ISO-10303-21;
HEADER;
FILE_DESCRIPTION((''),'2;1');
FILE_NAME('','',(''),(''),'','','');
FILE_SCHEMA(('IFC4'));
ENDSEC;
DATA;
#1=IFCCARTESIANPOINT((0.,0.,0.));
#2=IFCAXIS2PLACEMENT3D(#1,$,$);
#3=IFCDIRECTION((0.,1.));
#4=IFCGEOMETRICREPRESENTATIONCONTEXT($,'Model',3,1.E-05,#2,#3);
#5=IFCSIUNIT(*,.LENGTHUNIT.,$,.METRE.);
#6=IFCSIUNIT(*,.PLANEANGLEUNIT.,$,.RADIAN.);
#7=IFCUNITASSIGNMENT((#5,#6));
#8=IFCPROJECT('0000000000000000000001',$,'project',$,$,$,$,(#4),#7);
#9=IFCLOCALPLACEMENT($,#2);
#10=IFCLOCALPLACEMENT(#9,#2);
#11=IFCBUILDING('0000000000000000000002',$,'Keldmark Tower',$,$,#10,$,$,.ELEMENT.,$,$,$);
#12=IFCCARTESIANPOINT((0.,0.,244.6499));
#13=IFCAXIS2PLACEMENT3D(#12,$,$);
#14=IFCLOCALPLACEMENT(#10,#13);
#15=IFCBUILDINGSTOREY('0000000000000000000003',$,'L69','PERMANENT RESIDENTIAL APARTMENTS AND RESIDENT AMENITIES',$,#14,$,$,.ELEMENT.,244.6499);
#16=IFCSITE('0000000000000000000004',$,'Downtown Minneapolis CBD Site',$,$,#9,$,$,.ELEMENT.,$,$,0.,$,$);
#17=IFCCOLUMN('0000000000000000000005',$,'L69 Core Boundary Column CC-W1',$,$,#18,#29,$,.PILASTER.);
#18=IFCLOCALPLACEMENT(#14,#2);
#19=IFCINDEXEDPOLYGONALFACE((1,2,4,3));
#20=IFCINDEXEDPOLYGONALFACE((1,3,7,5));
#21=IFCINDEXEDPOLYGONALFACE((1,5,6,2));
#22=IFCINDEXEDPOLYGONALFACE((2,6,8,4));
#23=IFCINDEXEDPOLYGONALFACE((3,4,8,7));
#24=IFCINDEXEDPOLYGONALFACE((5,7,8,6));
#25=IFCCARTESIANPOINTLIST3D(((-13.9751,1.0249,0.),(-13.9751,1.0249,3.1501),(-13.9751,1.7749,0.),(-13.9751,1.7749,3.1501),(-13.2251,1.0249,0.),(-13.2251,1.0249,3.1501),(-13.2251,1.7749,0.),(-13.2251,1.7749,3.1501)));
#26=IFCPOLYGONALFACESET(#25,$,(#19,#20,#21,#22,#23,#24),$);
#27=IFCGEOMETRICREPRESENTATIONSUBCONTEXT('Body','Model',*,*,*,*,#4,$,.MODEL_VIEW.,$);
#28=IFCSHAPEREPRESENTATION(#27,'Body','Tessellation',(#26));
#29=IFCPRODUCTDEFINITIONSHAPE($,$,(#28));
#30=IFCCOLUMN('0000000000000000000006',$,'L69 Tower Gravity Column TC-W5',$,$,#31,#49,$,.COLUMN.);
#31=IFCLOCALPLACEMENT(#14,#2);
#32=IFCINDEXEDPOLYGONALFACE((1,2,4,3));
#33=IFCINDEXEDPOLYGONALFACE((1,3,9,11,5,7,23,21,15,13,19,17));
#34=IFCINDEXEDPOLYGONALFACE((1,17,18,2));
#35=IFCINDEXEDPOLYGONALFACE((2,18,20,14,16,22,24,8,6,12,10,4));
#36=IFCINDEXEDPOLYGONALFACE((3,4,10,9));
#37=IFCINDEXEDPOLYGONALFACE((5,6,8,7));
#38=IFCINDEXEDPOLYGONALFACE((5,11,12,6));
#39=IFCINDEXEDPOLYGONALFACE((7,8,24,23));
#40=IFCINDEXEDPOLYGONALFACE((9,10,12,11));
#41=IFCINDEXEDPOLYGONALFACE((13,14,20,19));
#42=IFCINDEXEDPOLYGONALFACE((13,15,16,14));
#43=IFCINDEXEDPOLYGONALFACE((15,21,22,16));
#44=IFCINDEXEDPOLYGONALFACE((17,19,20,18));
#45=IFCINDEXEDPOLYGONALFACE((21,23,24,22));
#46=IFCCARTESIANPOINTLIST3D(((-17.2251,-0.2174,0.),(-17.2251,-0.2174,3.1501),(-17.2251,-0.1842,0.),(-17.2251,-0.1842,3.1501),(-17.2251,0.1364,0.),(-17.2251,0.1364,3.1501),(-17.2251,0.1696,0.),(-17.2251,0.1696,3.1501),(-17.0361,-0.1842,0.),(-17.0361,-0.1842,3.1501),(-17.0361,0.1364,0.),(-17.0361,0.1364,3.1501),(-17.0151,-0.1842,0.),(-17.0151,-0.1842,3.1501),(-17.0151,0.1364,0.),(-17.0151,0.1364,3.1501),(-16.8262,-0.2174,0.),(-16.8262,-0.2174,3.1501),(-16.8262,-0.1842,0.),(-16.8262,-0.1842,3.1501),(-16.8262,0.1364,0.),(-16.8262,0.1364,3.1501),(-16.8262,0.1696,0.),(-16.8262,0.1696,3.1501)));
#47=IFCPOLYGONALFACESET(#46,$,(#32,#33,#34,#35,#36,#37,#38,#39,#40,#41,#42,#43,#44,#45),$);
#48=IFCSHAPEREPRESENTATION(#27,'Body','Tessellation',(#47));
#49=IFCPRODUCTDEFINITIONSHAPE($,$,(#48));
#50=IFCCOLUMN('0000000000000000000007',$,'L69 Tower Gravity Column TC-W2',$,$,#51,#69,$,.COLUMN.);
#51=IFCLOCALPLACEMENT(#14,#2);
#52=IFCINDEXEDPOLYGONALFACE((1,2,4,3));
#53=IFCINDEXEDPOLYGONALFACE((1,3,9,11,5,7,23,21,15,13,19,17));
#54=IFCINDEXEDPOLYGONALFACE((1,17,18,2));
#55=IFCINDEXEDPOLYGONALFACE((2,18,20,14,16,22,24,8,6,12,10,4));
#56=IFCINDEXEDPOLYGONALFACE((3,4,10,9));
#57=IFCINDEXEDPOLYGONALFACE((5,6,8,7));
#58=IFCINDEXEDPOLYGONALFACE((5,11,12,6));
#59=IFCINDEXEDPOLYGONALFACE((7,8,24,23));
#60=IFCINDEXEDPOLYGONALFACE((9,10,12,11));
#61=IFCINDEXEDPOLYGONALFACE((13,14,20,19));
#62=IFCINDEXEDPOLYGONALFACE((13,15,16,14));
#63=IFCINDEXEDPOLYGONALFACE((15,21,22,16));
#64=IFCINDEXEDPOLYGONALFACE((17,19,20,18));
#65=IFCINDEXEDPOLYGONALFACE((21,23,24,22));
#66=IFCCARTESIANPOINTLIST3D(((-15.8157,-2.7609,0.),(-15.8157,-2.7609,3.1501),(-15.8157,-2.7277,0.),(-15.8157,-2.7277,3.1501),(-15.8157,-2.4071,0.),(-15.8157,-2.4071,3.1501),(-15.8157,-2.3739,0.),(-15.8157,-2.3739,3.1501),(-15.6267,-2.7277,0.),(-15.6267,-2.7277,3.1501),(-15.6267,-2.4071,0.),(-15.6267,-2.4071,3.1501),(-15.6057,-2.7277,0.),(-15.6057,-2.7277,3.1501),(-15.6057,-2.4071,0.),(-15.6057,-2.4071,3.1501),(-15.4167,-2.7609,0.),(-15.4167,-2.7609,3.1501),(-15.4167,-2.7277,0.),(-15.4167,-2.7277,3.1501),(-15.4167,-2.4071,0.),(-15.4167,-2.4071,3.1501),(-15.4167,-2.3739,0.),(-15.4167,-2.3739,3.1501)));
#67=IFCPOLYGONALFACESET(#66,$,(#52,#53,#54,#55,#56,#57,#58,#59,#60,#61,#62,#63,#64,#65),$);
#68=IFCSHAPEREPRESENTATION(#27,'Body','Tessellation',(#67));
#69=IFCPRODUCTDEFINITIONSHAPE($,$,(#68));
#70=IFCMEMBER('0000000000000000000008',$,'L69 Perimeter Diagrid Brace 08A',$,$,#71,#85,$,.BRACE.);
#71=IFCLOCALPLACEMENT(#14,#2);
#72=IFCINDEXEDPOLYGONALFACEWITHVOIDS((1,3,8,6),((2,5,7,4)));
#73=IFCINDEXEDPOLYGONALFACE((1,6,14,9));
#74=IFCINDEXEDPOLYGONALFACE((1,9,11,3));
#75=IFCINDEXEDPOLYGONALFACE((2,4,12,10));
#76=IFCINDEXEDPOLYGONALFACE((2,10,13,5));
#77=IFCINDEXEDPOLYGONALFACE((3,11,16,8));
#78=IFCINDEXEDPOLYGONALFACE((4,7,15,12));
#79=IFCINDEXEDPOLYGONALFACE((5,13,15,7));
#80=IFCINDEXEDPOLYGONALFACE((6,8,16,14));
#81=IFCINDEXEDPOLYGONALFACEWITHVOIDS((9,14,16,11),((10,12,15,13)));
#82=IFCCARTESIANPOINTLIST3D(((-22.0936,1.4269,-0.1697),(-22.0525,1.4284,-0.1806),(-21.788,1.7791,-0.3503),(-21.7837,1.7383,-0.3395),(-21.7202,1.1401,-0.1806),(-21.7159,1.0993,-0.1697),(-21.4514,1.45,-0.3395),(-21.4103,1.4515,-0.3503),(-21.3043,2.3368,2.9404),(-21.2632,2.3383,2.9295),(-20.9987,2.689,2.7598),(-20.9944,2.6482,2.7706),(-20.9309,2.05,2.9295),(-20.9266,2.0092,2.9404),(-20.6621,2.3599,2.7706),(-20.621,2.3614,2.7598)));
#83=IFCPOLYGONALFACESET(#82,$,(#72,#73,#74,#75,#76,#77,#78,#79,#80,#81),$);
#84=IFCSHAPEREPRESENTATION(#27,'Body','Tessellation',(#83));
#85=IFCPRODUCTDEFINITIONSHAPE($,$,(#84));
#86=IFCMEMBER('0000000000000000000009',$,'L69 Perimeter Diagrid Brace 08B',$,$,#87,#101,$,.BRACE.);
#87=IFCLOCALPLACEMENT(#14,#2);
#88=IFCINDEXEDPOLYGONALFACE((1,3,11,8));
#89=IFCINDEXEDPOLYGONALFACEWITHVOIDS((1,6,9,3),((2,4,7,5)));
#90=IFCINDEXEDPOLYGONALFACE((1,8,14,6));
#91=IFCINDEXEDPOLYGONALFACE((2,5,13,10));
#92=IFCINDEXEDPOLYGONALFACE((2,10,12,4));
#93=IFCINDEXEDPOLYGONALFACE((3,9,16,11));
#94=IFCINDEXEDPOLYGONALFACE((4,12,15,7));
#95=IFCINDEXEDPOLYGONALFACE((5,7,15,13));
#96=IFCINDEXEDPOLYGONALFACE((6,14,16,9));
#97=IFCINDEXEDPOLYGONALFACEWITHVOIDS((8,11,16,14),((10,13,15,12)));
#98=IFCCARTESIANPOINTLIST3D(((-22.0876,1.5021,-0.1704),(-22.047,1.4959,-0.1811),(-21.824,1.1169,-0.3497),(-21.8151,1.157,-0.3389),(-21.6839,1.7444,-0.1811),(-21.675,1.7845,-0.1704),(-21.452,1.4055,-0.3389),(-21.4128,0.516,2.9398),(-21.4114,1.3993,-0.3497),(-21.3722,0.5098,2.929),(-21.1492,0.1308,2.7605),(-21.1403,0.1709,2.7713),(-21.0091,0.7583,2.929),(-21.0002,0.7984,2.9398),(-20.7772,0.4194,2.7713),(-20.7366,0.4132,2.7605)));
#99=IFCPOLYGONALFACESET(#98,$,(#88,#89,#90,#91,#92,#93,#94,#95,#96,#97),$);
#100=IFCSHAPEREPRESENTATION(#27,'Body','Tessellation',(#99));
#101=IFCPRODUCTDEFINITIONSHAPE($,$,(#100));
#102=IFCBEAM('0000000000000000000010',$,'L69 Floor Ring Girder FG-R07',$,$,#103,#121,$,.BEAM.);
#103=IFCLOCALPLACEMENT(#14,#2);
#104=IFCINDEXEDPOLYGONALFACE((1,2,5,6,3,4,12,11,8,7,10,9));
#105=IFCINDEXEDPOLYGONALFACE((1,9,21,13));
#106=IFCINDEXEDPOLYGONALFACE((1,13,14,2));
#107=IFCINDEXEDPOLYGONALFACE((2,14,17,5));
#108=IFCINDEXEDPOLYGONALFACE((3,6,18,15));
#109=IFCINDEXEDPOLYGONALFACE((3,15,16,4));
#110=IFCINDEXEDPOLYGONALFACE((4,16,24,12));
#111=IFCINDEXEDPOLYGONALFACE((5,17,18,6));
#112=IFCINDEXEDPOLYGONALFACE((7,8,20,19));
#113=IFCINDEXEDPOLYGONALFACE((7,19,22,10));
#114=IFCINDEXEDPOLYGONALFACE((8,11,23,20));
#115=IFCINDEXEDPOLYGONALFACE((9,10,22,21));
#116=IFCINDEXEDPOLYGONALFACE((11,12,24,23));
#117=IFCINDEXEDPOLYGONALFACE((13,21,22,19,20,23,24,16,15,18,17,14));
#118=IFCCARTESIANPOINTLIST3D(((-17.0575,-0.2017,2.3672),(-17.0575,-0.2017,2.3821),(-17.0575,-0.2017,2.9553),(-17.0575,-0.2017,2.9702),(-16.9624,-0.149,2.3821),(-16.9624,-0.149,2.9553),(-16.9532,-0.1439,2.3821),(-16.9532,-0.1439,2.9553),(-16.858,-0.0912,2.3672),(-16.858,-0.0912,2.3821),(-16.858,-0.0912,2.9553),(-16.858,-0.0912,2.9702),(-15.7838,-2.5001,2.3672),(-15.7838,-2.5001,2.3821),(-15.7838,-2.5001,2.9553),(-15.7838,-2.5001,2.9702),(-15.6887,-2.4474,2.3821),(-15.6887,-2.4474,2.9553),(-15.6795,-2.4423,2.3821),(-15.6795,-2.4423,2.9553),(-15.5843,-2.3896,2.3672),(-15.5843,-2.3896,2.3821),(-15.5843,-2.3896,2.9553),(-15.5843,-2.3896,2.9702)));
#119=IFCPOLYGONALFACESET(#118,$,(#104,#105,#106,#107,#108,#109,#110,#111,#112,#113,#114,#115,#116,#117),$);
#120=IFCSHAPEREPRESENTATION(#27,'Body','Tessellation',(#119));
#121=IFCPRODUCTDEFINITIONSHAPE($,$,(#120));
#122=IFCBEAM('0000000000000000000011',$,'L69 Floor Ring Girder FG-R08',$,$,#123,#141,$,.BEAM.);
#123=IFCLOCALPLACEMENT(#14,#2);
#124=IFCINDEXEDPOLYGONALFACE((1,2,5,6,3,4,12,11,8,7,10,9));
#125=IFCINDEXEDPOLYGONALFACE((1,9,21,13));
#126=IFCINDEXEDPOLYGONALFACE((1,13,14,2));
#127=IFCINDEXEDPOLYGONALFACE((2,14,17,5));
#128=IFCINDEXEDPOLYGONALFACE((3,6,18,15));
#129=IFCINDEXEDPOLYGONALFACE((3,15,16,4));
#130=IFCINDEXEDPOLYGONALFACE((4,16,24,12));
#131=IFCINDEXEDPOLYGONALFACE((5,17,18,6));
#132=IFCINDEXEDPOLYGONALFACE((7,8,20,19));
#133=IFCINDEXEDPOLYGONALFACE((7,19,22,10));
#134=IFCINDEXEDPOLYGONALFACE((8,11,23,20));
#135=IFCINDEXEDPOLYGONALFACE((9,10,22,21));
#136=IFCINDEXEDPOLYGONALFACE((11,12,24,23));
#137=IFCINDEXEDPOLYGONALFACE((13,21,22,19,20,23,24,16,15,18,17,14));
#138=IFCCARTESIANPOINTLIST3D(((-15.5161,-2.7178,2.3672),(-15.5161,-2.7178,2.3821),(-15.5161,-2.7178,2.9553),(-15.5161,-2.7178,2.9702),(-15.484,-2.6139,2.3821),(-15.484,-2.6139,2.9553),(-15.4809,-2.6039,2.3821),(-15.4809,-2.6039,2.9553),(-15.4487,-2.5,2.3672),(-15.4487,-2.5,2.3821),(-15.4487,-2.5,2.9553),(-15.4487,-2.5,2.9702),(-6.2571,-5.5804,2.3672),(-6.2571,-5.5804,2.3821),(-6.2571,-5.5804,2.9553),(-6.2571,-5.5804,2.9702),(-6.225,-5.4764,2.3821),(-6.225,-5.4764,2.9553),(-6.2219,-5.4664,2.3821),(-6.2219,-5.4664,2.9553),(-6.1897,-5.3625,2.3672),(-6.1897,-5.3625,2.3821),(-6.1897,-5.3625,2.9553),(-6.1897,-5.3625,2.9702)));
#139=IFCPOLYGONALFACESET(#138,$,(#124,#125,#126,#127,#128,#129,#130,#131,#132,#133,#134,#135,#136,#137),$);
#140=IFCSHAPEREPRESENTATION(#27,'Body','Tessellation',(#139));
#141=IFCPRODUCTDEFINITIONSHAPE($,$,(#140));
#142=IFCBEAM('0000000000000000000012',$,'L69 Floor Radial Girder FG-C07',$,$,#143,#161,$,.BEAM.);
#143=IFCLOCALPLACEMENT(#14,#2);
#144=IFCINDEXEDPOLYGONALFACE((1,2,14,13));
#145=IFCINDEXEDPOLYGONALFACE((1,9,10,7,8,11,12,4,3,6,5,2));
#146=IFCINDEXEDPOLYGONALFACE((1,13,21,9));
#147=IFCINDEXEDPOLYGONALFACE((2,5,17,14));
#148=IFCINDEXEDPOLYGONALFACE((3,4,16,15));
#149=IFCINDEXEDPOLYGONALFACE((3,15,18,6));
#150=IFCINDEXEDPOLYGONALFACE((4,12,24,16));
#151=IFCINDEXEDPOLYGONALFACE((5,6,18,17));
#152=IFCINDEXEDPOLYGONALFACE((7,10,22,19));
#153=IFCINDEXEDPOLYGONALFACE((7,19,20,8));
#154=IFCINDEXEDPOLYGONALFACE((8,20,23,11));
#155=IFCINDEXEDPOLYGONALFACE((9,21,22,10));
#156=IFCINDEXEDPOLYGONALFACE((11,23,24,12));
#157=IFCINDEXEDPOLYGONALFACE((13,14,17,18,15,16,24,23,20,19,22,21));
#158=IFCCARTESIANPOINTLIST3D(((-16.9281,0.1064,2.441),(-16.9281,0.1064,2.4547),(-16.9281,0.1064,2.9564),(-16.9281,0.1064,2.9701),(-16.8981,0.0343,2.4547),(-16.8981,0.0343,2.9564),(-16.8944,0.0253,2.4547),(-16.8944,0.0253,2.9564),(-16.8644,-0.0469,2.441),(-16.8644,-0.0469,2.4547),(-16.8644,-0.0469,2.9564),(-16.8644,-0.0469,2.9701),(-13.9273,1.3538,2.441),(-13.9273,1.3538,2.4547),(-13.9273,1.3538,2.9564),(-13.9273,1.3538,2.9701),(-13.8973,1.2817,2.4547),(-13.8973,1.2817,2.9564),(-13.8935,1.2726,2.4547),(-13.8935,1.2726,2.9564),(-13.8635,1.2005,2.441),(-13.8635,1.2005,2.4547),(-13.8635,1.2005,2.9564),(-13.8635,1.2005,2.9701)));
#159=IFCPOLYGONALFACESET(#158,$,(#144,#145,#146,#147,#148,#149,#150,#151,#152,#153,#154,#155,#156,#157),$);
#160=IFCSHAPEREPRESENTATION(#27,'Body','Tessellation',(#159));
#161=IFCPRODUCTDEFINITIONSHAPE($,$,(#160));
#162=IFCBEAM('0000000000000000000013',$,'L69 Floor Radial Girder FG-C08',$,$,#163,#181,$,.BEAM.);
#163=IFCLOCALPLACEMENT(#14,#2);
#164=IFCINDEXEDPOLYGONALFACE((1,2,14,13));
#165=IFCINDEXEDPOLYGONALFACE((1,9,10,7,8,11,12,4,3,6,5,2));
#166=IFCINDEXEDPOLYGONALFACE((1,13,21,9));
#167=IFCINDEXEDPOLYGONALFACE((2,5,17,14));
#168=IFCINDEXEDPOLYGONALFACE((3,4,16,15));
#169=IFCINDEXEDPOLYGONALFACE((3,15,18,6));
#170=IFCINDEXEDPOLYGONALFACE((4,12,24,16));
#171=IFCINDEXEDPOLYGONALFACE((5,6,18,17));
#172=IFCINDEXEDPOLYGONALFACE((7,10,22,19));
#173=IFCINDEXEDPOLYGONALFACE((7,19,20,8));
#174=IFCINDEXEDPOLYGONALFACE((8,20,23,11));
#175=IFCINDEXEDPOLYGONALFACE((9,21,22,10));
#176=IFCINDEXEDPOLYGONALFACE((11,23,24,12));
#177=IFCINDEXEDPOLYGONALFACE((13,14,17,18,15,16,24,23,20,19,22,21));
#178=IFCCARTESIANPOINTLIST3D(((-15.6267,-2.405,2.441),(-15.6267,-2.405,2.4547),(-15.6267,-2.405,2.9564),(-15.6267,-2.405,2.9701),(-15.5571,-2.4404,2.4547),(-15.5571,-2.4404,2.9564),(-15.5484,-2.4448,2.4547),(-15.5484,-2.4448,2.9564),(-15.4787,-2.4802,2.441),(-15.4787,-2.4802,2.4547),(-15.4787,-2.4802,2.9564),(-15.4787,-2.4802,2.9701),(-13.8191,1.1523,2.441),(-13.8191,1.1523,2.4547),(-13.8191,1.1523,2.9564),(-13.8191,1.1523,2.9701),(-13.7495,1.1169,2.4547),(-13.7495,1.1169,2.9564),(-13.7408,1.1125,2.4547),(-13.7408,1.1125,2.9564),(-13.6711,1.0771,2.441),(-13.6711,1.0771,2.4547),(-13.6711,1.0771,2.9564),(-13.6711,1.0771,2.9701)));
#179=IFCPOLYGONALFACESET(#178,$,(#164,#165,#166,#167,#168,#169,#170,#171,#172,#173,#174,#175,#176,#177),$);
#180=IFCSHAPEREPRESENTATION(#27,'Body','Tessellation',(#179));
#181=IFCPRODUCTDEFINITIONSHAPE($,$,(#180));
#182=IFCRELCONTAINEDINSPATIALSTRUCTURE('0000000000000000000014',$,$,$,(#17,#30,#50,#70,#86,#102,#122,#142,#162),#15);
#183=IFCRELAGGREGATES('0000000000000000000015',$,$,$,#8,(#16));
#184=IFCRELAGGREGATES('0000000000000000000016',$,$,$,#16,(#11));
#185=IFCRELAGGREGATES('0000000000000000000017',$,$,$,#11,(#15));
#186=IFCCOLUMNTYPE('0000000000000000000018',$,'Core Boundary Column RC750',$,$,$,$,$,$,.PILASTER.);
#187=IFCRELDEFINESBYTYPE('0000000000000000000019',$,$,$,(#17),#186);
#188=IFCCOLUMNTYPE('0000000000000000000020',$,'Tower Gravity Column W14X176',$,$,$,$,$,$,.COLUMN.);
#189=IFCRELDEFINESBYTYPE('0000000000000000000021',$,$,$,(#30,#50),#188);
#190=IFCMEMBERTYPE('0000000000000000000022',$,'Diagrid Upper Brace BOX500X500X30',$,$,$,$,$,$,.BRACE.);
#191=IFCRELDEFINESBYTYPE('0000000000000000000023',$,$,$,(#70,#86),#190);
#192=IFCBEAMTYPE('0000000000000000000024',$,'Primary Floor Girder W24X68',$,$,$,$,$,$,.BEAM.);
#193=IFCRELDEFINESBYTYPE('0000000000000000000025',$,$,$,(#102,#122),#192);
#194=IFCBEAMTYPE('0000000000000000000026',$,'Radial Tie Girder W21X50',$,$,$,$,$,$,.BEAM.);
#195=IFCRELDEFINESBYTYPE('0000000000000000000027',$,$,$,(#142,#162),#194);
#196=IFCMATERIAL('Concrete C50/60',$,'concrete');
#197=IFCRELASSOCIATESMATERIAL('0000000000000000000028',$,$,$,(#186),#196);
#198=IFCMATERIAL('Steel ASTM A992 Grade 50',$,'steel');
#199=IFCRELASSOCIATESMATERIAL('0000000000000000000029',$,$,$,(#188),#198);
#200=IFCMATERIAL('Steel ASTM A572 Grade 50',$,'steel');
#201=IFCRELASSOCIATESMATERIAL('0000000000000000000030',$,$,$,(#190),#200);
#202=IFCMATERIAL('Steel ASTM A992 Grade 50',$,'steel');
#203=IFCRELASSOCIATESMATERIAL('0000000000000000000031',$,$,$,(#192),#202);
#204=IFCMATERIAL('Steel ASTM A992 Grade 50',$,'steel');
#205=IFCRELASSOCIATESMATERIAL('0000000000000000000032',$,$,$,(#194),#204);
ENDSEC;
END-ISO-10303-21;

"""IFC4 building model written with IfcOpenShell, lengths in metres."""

from ifc_helpers import new_model, si_unit, direction, frame, origin, origin_2d, place, context, subcontext, project, spatial, rectangle, hollow_rectangle, i_section, extrude, material, material_profile, profile_set, type_object, element, save


model = new_model("IFC4")

# Units and contexts
model_context = context("Model", 3, precision=1e-05, world=origin(), true_north=direction((0.0, 1.0)))
body_context = subcontext(model_context, "Body", "Model", "MODEL_VIEW")
ifc_project = project(units=[si_unit("LENGTHUNIT", "METRE"), si_unit("PLANEANGLEUNIT", "RADIAN")], contexts=[model_context])

# Site, building, storey
site_placement = place(None, origin())
site = spatial("IfcSite", under=ifc_project, at=site_placement, Name="Downtown Minneapolis CBD Site", CompositionType="ELEMENT", RefElevation=0.0)
building_placement = place(site_placement, origin())
building = spatial("IfcBuilding", under=site, at=building_placement, Name="Keldmark Tower", CompositionType="ELEMENT")
storey_placement = place(building_placement, frame((0.0, 0.0, 244.6499)))
storey = spatial("IfcBuildingStorey", under=building, at=storey_placement, Name="L69", Description="PERMANENT RESIDENTIAL APARTMENTS AND RESIDENT AMENITIES", CompositionType="ELEMENT", Elevation=244.6499)

# Columns
ifc_material_1 = material(Name="Concrete C50/60", Category="concrete")
ifc_material_profile_1 = material_profile(ifc_material_1, rectangle(XDim=0.75, YDim=0.75, at=origin_2d()), Name="RC750X750")
ifc_profile_set_1 = profile_set([ifc_material_profile_1], Name="Concrete C50/60")
column_type_1 = type_object("IfcColumnType", Name="Core Boundary Column RC750", PredefinedType="PILASTER", material=ifc_profile_set_1)
column_placement = place(storey_placement, frame((-13.6001, 1.3999, 0.0), z_axis=(0.0, 0.0, 1.0), x_axis=(1.0, 0.0, 0.0)))
element("IfcColumn", 1, at=column_placement, inside=storey, type_object=column_type_1, Name="L69 Core Boundary Column CC-W1", PredefinedType="PILASTER", context=body_context, shape_type="SweptSolid", body=[
    extrude(rectangle(XDim=0.75, YDim=0.75, at=origin_2d()), origin(), (0.0, 0.0, 1.0), 3.1501),
])
ifc_material_2 = material(Name="Steel ASTM A992 Grade 50", Category="steel")
ifc_material_profile_2 = material_profile(ifc_material_2, i_section(OverallWidth=0.3989, OverallDepth=0.387, WebThickness=0.021, FlangeThickness=0.0332, at=origin_2d()), Name="W14X176")
ifc_profile_set_2 = profile_set([ifc_material_profile_2], Name="Steel ASTM A992 Grade 50")
column_type_2 = type_object("IfcColumnType", Name="Tower Gravity Column W14X176", PredefinedType="COLUMN", material=ifc_profile_set_2)
for number, where, z_axis, x_axis, name in (
    (2, (-17.0256, -0.0239, 0.0), (0.0, 0.0, 1.0), (1.0, 0.0, 0.0), "L69 Tower Gravity Column TC-W5"),
    (3, (-15.6162, -2.5674, 0.0), (0.0, 0.0, 1.0), (1.0, 0.0, 0.0), "L69 Tower Gravity Column TC-W2"),
):
    element("IfcColumn", number, at=place(storey_placement, frame(where, z_axis=z_axis, x_axis=x_axis)), inside=storey, type_object=column_type_2, Name=name, PredefinedType="COLUMN", context=body_context, shape_type="SweptSolid", body=[
        extrude(i_section(OverallWidth=0.3989, OverallDepth=0.387, WebThickness=0.021, FlangeThickness=0.0332, at=origin_2d()), origin(), (0.0, 0.0, 1.0), 3.1501),
    ])

# Members
ifc_material_3 = material(Name="Steel ASTM A572 Grade 50", Category="steel")
ifc_material_profile_3 = material_profile(ifc_material_3, hollow_rectangle(XDim=0.5, YDim=0.5, WallThickness=0.03, at=origin_2d()), Name="BOX500X500X30")
ifc_profile_set_3 = profile_set([ifc_material_profile_3], Name="Steel ASTM A572 Grade 50")
member_type = type_object("IfcMemberType", Name="Diagrid Upper Brace BOX500X500X30", PredefinedType="BRACE", material=ifc_profile_set_3)
member_1_placement = place(storey_placement, frame((-21.752, 1.4392, -0.26), z_axis=(0.236658, 0.272819, 0.932504), x_axis=(-0.755395, 0.65527, 0.0)))
element("IfcMember", 4, at=member_1_placement, inside=storey, type_object=member_type, Name="L69 Perimeter Diagrid Brace 08A", PredefinedType="BRACE", context=body_context, shape_type="SweptSolid", body=[
    extrude(hollow_rectangle(XDim=0.5, YDim=0.5, WallThickness=0.03, at=origin_2d()), origin(), (0.0, 0.0, 1.0), 3.3352),
])
member_2_placement = place(storey_placement, frame((-21.7495, 1.4507, -0.26), z_axis=(0.202538, -0.295967, 0.933478), x_axis=(0.825262, 0.56475, 0.0)))
element("IfcMember", 5, at=member_2_placement, inside=storey, type_object=member_type, Name="L69 Perimeter Diagrid Brace 08B", PredefinedType="BRACE", context=body_context, shape_type="SweptSolid", body=[
    extrude(hollow_rectangle(XDim=0.5, YDim=0.5, WallThickness=0.03, at=origin_2d()), origin(), (0.0, 0.0, 1.0), 3.3318),
])

# Beams
ifc_material_4 = material(Name="Steel ASTM A992 Grade 50", Category="steel")
ifc_material_profile_4 = material_profile(ifc_material_4, i_section(OverallWidth=0.228, OverallDepth=0.603, WebThickness=0.0105, FlangeThickness=0.0149, at=origin_2d()), Name="W24X68")
ifc_profile_set_4 = profile_set([ifc_material_profile_4], Name="Steel ASTM A992 Grade 50")
beam_type_1 = type_object("IfcBeamType", Name="Primary Floor Girder W24X68", PredefinedType="BEAM", material=ifc_profile_set_4)
beam_1_placement = place(storey_placement, frame((-16.9578, -0.1465, 2.6687), z_axis=(0.48472, -0.87467, 0.0), x_axis=(0.87467, 0.48472, 0.0)))
element("IfcBeam", 6, at=beam_1_placement, inside=storey, type_object=beam_type_1, Name="L69 Floor Ring Girder FG-R07", PredefinedType="BEAM", context=body_context, shape_type="SweptSolid", body=[
    extrude(i_section(OverallWidth=0.228, OverallDepth=0.603, WebThickness=0.0105, FlangeThickness=0.0149, at=origin_2d()), origin(), (0.0, 0.0, 1.0), 2.6277),
])
beam_2_placement = place(storey_placement, frame((-15.4824, -2.6089, 2.6687), z_axis=(0.955383, -0.295369, 0.0), x_axis=(0.295369, 0.955383, 0.0)))
element("IfcBeam", 7, at=beam_2_placement, inside=storey, type_object=beam_type_1, Name="L69 Floor Ring Girder FG-R08", PredefinedType="BEAM", context=body_context, shape_type="SweptSolid", body=[
    extrude(i_section(OverallWidth=0.228, OverallDepth=0.603, WebThickness=0.0105, FlangeThickness=0.0149, at=origin_2d()), origin(), (0.0, 0.0, 1.0), 9.6914),
])
ifc_material_5 = material(Name="Steel ASTM A992 Grade 50", Category="steel")
ifc_material_profile_5 = material_profile(ifc_material_5, i_section(OverallWidth=0.166, OverallDepth=0.5291, WebThickness=0.0098, FlangeThickness=0.0137, at=origin_2d()), Name="W21X50")
ifc_profile_set_5 = profile_set([ifc_material_profile_5], Name="Steel ASTM A992 Grade 50")
beam_type_2 = type_object("IfcBeamType", Name="Radial Tie Girder W21X50", PredefinedType="BEAM", material=ifc_profile_set_5)
beam_3_placement = place(storey_placement, frame((-16.8962, 0.0298, 2.7056), z_axis=(0.923403, 0.383831, 0.0), x_axis=(-0.383831, 0.923403, 0.0)))
element("IfcBeam", 8, at=beam_3_placement, inside=storey, type_object=beam_type_2, Name="L69 Floor Radial Girder FG-C07", PredefinedType="BEAM", context=body_context, shape_type="SweptSolid", body=[
    extrude(i_section(OverallWidth=0.166, OverallDepth=0.5291, WebThickness=0.0098, FlangeThickness=0.0137, at=origin_2d()), origin(), (0.0, 0.0, 1.0), 3.2498),
])
beam_4_placement = place(storey_placement, frame((-15.5527, -2.4426, 2.7056), z_axis=(0.453004, 0.891508, 0.0), x_axis=(-0.891508, 0.453004, 0.0)))
element("IfcBeam", 9, at=beam_4_placement, inside=storey, type_object=beam_type_2, Name="L69 Floor Radial Girder FG-C08", PredefinedType="BEAM", context=body_context, shape_type="SweptSolid", body=[
    extrude(i_section(OverallWidth=0.166, OverallDepth=0.5291, WebThickness=0.0098, FlangeThickness=0.0137, at=origin_2d()), origin(), (0.0, 0.0, 1.0), 3.9902),
])

save(model, "model.ifc")
